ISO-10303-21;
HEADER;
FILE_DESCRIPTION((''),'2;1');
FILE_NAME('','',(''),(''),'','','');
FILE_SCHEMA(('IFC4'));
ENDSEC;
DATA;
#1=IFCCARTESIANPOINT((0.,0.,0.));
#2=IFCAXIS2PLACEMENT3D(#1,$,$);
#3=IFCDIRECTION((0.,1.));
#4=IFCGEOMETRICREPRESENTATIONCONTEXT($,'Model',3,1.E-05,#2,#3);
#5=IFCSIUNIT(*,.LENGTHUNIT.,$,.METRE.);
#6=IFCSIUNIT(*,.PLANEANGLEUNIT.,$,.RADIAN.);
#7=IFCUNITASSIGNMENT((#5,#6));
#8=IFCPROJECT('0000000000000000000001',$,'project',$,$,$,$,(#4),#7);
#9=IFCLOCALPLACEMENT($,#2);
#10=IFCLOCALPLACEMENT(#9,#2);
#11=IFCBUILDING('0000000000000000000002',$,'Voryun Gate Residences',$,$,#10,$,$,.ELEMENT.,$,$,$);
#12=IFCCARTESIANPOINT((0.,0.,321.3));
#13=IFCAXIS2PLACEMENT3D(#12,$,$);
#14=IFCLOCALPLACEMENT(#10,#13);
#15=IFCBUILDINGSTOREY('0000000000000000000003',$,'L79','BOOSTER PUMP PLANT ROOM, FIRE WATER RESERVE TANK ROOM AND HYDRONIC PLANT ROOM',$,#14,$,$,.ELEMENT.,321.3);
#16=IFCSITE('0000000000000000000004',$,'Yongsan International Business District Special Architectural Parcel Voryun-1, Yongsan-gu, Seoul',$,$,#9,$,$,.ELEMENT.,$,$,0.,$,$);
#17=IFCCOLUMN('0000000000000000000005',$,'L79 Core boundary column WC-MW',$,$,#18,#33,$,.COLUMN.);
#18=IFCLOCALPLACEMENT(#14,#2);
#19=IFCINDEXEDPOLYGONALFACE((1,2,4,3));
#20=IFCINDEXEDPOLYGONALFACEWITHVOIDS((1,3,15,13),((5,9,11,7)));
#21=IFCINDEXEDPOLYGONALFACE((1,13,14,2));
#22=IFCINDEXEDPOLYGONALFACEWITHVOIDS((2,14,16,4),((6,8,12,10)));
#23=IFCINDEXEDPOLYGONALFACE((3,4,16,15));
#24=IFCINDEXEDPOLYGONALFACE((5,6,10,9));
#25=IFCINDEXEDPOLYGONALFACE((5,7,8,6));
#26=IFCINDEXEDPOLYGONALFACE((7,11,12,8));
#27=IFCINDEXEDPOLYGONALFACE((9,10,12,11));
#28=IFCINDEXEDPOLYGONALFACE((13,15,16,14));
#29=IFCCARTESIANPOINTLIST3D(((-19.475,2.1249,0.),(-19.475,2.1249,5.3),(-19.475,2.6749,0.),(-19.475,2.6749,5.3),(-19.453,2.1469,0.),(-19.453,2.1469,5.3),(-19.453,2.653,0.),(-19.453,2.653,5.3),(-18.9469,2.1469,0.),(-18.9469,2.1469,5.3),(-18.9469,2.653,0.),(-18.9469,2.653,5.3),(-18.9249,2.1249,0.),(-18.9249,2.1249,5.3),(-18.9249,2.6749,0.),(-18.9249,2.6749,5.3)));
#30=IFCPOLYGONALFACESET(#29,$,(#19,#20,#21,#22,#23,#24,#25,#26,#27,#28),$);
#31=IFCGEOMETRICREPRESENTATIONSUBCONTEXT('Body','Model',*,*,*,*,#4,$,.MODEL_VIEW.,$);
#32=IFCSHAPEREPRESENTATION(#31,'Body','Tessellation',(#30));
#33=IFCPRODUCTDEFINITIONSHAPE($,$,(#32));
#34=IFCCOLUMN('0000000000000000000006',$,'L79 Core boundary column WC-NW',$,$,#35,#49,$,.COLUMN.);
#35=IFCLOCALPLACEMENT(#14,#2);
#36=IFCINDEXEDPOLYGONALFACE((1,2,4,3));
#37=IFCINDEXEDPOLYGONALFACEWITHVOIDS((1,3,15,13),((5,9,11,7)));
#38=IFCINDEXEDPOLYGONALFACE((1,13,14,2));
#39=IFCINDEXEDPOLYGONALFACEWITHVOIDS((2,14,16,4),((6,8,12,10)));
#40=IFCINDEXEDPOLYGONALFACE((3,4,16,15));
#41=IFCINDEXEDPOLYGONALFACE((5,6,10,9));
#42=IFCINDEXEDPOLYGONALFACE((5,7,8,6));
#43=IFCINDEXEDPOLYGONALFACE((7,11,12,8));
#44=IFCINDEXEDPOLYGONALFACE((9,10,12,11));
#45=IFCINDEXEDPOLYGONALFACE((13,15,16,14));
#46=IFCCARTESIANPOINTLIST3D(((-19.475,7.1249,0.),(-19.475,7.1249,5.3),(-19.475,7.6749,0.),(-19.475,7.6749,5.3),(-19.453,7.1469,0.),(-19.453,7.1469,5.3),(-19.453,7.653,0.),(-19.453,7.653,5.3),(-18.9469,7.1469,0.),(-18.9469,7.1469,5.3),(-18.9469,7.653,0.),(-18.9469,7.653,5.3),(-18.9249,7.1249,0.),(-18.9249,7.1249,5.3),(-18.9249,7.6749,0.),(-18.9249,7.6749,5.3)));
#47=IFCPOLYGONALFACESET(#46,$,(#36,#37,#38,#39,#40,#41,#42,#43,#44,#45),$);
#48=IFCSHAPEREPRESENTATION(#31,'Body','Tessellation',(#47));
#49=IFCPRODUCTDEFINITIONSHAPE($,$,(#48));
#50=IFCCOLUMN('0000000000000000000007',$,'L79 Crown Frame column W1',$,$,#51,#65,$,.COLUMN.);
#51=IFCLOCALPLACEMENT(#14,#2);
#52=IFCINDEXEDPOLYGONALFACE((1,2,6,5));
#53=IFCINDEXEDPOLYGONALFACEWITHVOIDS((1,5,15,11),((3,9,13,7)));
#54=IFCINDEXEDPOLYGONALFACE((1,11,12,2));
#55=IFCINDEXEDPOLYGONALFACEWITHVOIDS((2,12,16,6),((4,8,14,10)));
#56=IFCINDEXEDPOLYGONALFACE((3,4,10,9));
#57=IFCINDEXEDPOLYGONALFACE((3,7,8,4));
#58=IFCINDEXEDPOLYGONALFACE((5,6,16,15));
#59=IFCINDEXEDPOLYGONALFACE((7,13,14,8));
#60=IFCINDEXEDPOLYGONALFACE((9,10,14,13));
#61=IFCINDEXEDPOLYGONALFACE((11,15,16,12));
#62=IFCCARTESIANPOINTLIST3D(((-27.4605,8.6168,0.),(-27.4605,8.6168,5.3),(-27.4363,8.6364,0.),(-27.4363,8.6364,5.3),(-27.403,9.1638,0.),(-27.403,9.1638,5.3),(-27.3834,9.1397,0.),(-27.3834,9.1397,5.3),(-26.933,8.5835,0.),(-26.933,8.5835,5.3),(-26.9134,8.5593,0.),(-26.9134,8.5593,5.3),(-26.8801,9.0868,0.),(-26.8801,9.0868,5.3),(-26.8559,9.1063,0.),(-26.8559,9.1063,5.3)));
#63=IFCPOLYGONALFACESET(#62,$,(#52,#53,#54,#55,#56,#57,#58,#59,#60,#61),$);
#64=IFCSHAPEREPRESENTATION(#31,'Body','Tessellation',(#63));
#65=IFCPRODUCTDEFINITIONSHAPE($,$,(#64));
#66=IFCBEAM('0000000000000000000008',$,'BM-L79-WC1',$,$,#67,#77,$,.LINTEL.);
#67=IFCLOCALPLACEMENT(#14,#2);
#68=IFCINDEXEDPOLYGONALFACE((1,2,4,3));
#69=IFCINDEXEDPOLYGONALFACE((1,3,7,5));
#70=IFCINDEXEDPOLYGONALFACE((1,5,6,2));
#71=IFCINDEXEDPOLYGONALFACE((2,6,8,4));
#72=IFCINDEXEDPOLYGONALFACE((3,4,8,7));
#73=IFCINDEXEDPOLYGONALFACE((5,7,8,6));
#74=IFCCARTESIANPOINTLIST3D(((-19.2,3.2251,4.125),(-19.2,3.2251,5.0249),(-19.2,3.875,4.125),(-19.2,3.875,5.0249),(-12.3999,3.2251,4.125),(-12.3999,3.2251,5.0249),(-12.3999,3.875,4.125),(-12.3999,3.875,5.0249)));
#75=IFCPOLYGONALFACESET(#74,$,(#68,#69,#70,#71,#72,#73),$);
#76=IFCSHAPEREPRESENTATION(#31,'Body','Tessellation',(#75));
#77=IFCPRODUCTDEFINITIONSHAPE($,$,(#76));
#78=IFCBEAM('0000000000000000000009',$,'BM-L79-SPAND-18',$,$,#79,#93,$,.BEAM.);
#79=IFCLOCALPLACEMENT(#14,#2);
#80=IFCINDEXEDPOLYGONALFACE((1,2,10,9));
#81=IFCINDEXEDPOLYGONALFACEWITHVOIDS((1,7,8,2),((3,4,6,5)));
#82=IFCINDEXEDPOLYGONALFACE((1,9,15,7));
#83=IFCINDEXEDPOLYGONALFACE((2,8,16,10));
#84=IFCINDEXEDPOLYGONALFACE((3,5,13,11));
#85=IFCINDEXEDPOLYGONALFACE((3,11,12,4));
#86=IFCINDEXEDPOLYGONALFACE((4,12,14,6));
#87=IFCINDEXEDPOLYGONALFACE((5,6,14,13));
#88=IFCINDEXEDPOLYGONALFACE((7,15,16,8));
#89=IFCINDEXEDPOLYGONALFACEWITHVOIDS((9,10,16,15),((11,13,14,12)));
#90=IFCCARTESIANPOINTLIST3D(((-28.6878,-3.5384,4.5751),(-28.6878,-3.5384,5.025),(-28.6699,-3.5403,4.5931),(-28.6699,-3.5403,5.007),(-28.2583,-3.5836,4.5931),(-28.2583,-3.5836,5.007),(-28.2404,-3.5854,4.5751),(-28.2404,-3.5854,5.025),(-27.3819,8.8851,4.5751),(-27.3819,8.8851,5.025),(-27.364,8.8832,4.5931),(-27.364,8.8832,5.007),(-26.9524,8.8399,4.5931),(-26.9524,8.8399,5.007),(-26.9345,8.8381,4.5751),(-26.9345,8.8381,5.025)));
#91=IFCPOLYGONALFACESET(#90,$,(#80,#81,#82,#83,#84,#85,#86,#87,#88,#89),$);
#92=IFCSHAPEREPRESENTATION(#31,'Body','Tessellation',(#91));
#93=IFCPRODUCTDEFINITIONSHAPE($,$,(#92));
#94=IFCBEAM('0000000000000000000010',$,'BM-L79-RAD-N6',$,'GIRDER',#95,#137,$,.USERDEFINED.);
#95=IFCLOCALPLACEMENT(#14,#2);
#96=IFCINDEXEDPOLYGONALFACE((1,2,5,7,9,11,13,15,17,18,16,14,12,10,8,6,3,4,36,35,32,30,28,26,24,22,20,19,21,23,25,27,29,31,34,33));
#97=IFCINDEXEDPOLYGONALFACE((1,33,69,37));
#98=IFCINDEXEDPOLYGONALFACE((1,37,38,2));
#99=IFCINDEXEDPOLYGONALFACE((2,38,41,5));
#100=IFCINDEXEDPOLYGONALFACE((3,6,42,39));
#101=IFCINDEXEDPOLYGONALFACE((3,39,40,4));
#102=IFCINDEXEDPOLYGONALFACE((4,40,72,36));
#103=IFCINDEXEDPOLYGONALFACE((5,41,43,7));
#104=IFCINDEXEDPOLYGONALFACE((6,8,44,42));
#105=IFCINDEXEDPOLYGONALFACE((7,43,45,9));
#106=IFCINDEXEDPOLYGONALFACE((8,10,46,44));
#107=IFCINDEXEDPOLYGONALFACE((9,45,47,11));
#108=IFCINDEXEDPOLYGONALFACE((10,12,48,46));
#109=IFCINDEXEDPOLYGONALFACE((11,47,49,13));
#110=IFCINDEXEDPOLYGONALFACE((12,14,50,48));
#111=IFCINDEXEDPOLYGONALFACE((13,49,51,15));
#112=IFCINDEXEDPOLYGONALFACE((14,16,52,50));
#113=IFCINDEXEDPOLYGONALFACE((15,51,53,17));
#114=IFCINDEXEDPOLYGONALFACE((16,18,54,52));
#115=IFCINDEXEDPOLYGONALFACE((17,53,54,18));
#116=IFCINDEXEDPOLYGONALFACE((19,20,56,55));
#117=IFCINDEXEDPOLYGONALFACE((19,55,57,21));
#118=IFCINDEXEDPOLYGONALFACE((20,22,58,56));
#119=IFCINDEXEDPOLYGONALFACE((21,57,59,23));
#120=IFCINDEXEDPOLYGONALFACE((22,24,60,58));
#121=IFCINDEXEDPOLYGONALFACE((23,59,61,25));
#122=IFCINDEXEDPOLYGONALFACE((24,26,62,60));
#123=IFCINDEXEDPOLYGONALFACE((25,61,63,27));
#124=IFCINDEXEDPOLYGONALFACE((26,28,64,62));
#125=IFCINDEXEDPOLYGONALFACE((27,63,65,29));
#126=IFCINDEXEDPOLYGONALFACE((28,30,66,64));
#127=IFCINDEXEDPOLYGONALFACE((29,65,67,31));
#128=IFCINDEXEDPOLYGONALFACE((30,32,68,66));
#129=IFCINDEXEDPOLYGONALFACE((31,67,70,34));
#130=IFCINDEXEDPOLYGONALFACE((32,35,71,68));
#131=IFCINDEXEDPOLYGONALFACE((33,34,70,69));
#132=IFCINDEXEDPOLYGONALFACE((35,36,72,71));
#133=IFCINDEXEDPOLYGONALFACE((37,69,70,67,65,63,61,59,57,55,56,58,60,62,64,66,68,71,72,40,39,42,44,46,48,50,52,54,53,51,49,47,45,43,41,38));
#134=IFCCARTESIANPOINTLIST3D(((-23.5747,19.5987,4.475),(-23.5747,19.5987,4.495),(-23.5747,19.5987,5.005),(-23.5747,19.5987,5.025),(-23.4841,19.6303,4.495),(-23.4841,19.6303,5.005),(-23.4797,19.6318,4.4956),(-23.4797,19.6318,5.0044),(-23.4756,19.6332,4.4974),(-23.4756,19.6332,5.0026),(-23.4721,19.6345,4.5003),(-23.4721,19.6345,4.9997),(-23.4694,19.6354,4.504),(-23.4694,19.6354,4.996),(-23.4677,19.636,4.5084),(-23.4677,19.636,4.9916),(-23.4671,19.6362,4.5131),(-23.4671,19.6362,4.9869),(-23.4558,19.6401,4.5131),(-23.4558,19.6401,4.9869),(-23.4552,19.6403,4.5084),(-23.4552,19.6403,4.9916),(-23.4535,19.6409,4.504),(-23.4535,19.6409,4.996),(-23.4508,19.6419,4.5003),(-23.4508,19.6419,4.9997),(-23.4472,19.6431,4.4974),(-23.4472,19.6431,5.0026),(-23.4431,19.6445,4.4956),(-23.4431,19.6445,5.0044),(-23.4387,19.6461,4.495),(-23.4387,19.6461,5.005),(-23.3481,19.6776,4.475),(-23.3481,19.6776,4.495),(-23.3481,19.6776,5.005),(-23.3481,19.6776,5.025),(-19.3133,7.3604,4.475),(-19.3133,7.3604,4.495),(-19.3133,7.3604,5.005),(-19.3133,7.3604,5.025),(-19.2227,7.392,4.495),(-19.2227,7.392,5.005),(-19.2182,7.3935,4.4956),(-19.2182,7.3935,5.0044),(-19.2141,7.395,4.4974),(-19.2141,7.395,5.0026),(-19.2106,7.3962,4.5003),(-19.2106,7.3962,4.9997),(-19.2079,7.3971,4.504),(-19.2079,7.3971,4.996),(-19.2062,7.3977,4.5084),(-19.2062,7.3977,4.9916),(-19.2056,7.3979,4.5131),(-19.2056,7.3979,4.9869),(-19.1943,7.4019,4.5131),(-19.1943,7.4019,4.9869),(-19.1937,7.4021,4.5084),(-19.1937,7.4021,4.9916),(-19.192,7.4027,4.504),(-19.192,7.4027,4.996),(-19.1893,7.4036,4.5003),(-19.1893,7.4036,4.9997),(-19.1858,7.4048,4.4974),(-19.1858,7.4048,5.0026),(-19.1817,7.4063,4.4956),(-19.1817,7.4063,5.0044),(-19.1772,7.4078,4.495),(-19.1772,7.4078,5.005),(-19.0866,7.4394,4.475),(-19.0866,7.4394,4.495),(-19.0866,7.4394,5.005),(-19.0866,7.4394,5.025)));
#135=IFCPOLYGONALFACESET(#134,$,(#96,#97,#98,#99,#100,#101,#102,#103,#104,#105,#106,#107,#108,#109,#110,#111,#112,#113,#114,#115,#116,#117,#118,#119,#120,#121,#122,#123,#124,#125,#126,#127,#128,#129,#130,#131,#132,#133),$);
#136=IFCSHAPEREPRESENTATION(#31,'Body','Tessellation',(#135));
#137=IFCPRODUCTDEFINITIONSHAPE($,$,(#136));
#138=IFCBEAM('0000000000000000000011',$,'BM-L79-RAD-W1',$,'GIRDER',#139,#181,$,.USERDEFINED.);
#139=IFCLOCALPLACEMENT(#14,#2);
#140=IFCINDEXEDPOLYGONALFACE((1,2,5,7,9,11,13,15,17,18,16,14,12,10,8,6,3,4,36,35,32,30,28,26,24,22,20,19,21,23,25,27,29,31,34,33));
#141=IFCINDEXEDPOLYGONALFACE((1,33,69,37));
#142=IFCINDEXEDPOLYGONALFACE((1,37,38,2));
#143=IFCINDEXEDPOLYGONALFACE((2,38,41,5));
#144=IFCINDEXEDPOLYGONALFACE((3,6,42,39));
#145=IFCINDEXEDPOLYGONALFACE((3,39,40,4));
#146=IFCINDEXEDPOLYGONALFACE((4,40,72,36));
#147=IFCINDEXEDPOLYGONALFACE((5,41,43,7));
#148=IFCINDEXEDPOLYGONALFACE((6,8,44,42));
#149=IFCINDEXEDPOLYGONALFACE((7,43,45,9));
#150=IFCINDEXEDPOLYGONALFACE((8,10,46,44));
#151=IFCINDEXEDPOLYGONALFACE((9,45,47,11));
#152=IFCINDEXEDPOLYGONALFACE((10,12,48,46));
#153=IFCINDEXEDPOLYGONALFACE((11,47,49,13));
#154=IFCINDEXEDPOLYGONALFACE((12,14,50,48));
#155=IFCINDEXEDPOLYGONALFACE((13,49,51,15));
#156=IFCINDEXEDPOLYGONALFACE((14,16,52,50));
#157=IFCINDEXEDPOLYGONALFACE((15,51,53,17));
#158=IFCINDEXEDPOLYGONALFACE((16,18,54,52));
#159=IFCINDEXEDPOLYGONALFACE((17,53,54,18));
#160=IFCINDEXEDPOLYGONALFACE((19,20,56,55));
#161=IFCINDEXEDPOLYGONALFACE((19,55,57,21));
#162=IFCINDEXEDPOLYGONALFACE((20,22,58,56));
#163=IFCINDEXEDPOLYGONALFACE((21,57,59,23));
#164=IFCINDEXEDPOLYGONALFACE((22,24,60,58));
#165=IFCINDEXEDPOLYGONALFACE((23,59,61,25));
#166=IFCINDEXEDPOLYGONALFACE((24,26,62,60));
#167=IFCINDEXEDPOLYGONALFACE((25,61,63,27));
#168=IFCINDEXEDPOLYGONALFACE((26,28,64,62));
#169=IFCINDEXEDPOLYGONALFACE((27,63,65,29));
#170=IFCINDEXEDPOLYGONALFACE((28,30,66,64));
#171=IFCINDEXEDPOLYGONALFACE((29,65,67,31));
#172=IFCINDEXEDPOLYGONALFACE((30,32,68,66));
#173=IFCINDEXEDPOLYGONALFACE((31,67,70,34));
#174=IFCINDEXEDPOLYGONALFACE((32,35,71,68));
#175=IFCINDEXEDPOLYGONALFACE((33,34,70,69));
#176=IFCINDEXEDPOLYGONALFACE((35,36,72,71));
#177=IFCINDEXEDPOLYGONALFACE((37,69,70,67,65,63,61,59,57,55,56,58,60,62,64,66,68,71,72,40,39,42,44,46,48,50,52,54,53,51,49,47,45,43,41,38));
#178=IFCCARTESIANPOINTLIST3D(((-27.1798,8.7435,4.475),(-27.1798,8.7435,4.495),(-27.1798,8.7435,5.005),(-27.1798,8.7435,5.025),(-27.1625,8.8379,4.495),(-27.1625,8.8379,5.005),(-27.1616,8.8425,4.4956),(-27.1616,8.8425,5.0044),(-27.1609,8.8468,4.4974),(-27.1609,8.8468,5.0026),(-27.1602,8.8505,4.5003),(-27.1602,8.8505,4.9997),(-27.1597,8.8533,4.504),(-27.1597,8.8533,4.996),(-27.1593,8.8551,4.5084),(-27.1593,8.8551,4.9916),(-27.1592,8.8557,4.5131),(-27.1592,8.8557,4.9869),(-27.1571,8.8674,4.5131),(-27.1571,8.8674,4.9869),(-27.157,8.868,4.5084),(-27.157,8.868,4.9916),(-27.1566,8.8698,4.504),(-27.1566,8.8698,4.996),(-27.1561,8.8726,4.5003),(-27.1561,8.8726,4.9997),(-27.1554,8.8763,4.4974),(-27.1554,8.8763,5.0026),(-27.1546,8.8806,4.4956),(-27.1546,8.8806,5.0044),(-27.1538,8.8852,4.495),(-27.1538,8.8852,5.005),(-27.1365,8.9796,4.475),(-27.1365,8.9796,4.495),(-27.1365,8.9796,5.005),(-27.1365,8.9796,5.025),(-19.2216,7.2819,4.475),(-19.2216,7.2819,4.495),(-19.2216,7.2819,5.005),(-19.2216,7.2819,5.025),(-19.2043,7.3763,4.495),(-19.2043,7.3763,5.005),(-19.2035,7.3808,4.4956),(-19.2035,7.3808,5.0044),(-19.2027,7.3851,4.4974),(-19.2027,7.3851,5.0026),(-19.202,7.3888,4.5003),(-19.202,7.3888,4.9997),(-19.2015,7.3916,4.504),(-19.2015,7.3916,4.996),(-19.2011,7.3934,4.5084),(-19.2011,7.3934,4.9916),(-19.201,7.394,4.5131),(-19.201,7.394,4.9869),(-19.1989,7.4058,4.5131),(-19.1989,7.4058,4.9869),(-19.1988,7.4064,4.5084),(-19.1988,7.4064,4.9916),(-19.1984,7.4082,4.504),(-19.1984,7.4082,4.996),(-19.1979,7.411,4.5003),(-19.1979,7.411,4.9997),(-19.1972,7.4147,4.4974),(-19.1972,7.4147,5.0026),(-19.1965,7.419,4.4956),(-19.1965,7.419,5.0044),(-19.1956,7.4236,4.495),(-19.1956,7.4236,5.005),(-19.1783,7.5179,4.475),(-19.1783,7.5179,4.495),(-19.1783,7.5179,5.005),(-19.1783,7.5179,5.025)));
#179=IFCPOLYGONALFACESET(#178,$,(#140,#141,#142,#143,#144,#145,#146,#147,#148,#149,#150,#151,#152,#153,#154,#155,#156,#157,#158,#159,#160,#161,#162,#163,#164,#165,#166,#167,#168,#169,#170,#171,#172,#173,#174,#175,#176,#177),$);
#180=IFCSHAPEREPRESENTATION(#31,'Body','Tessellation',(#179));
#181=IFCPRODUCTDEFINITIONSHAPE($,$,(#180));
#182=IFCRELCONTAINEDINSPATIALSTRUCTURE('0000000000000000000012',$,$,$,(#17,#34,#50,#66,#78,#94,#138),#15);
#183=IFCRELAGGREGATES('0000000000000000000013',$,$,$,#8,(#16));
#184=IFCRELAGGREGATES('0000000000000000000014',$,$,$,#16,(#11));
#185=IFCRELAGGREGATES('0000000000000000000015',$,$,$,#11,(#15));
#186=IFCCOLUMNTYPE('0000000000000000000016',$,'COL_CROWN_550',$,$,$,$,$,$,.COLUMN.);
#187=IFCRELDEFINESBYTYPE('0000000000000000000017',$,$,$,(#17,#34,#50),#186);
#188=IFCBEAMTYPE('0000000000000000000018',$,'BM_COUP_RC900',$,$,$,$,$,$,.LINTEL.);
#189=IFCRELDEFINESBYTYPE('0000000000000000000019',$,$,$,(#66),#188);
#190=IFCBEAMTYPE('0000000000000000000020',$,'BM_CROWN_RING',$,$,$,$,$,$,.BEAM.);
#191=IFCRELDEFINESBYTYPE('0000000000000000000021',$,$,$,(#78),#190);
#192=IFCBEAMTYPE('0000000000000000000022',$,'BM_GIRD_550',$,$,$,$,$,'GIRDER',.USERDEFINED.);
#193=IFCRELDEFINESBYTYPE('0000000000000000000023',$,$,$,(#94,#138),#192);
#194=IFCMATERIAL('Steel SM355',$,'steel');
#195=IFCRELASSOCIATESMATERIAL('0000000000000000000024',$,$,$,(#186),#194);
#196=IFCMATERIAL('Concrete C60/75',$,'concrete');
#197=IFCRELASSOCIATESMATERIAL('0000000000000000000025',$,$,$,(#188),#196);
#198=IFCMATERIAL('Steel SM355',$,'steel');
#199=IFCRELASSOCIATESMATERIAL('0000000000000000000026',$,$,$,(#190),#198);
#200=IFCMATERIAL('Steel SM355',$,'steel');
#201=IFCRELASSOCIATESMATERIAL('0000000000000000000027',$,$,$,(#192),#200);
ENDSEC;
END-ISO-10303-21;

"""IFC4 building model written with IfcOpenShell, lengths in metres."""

from ifc_helpers import new_model, si_unit, direction, frame, origin, origin_2d, place, context, subcontext, project, spatial, rectangle, hollow_rectangle, i_section, extrude, material, material_profile, profile_set, type_object, element, save


model = new_model("IFC4")

# Units and contexts
model_context = context("Model", 3, precision=1e-05, world=origin(), true_north=direction((0.0, 1.0)))
body_context = subcontext(model_context, "Body", "Model", "MODEL_VIEW")
ifc_project = project(units=[si_unit("LENGTHUNIT", "METRE"), si_unit("PLANEANGLEUNIT", "RADIAN")], contexts=[model_context])

# Site, building, storey
site_placement = place(None, origin())
site = spatial("IfcSite", under=ifc_project, at=site_placement, Name="Yongsan International Business District Special Architectural Parcel Voryun-1, Yongsan-gu, Seoul", CompositionType="ELEMENT", RefElevation=0.0)
building_placement = place(site_placement, origin())
building = spatial("IfcBuilding", under=site, at=building_placement, Name="Voryun Gate Residences", CompositionType="ELEMENT")
storey_placement = place(building_placement, frame((0.0, 0.0, 321.3)))
storey = spatial("IfcBuildingStorey", under=building, at=storey_placement, Name="L79", Description="BOOSTER PUMP PLANT ROOM, FIRE WATER RESERVE TANK ROOM AND HYDRONIC PLANT ROOM", CompositionType="ELEMENT", Elevation=321.3)

# Columns
ifc_material_1 = material(Name="Steel SM355", Category="steel")
ifc_material_profile_1 = material_profile(ifc_material_1, hollow_rectangle(XDim=0.55, YDim=0.55, WallThickness=0.022, at=origin_2d()), Name="BOX-550x550x22")
ifc_profile_set_1 = profile_set([ifc_material_profile_1], Name="Steel SM355")
column_type = type_object("IfcColumnType", Name="COL_CROWN_550", PredefinedType="COLUMN", material=ifc_profile_set_1)
for number, where, z_axis, x_axis, name in (
    (1, (-19.2, 2.3999, 0.0), (0.0, 0.0, 1.0), (1.0, 0.0, 0.0), "L79 Core boundary column WC-MW"),
    (2, (-19.2, 7.3999, 0.0), (0.0, 0.0, 1.0), (1.0, 0.0, 0.0), "L79 Core boundary column WC-NW"),
    (3, (-27.1582, 8.8616, 0.0), (0.0, 0.0, 1.0), (0.994522, -0.104528, 0.0), "L79 Crown Frame column W1"),
):
    element("IfcColumn", number, at=place(storey_placement, frame(where, z_axis=z_axis, x_axis=x_axis)), inside=storey, type_object=column_type, Name=name, PredefinedType="COLUMN", context=body_context, shape_type="SweptSolid", body=[
        extrude(hollow_rectangle(XDim=0.55, YDim=0.55, WallThickness=0.022, at=origin_2d()), origin(), (0.0, 0.0, 1.0), 5.3),
    ])

# Beams
ifc_material_2 = material(Name="Concrete C60/75", Category="concrete")
ifc_material_profile_2 = material_profile(ifc_material_2, rectangle(XDim=0.6499, YDim=0.8999, at=origin_2d()), Name="RC-650x900")
ifc_profile_set_2 = profile_set([ifc_material_profile_2], Name="Concrete C60/75")
beam_type_1 = type_object("IfcBeamType", Name="BM_COUP_RC900", PredefinedType="LINTEL", material=ifc_profile_set_2)
beam_1_placement = place(storey_placement, frame((-19.2, 3.55, 4.575), z_axis=(1.0, 0.0, 0.0), x_axis=(0.0, 1.0, 0.0)))
element("IfcBeam", 4, at=beam_1_placement, inside=storey, type_object=beam_type_1, Name="BM-L79-WC1", PredefinedType="LINTEL", context=body_context, shape_type="SweptSolid", body=[
    extrude(rectangle(XDim=0.6499, YDim=0.8999, at=origin_2d()), origin(), (0.0, 0.0, 1.0), 6.8),
])
ifc_material_3 = material(Name="Steel SM355", Category="steel")
ifc_material_profile_3 = material_profile(ifc_material_3, hollow_rectangle(XDim=0.45, YDim=0.45, WallThickness=0.0181, at=origin_2d()), Name="BOX-450x450x18")
ifc_profile_set_3 = profile_set([ifc_material_profile_3], Name="Steel SM355")
beam_type_2 = type_object("IfcBeamType", Name="BM_CROWN_RING", PredefinedType="BEAM", material=ifc_profile_set_3)
beam_2_placement = place(storey_placement, frame((-27.1582, 8.8616, 4.8), z_axis=(-0.104539, -0.994521, 0.0), x_axis=(0.994521, -0.104539, 0.0)))
element("IfcBeam", 5, at=beam_2_placement, inside=storey, type_object=beam_type_2, Name="BM-L79-SPAND-18", PredefinedType="BEAM", context=body_context, shape_type="SweptSolid", body=[
    extrude(hollow_rectangle(XDim=0.45, YDim=0.45, WallThickness=0.0181, at=origin_2d()), origin(), (0.0, 0.0, 1.0), 12.4919),
])
ifc_material_4 = material(Name="Steel SM355", Category="steel")
ifc_material_profile_4 = material_profile(ifc_material_4, i_section(OverallWidth=0.24, OverallDepth=0.55, WebThickness=0.012, FlangeThickness=0.02, FilletRadius=0.0181, at=origin_2d()), Name="H-550x240x12x20")
ifc_profile_set_4 = profile_set([ifc_material_profile_4], Name="Steel SM355")
beam_type_3 = type_object("IfcBeamType", Name="BM_GIRD_550", ElementType="GIRDER", PredefinedType="USERDEFINED", material=ifc_profile_set_4)
beam_3_placement = place(storey_placement, frame((-19.2, 7.3999, 4.75), z_axis=(-0.328843, 0.944385, 0.0), x_axis=(-0.944385, -0.328843, 0.0)))
element("IfcBeam", 6, at=beam_3_placement, inside=storey, type_object=beam_type_3, Name="BM-L79-RAD-N6", ObjectType="GIRDER", PredefinedType="USERDEFINED", context=body_context, shape_type="SweptSolid", body=[
    extrude(i_section(OverallWidth=0.24, OverallDepth=0.55, WebThickness=0.012, FlangeThickness=0.02, FilletRadius=0.0181, at=origin_2d()), origin(), (0.0, 0.0, 1.0), 12.959),
])
beam_4_placement = place(storey_placement, frame((-19.2, 7.3999, 4.75), z_axis=(-0.983548, 0.180646, 0.0), x_axis=(-0.180646, -0.983548, 0.0)))
element("IfcBeam", 7, at=beam_4_placement, inside=storey, type_object=beam_type_3, Name="BM-L79-RAD-W1", ObjectType="GIRDER", PredefinedType="USERDEFINED", context=body_context, shape_type="SweptSolid", body=[
    extrude(i_section(OverallWidth=0.24, OverallDepth=0.55, WebThickness=0.012, FlangeThickness=0.02, FilletRadius=0.0181, at=origin_2d()), origin(), (0.0, 0.0, 1.0), 8.0913),
])

save(model, "model.ifc")
